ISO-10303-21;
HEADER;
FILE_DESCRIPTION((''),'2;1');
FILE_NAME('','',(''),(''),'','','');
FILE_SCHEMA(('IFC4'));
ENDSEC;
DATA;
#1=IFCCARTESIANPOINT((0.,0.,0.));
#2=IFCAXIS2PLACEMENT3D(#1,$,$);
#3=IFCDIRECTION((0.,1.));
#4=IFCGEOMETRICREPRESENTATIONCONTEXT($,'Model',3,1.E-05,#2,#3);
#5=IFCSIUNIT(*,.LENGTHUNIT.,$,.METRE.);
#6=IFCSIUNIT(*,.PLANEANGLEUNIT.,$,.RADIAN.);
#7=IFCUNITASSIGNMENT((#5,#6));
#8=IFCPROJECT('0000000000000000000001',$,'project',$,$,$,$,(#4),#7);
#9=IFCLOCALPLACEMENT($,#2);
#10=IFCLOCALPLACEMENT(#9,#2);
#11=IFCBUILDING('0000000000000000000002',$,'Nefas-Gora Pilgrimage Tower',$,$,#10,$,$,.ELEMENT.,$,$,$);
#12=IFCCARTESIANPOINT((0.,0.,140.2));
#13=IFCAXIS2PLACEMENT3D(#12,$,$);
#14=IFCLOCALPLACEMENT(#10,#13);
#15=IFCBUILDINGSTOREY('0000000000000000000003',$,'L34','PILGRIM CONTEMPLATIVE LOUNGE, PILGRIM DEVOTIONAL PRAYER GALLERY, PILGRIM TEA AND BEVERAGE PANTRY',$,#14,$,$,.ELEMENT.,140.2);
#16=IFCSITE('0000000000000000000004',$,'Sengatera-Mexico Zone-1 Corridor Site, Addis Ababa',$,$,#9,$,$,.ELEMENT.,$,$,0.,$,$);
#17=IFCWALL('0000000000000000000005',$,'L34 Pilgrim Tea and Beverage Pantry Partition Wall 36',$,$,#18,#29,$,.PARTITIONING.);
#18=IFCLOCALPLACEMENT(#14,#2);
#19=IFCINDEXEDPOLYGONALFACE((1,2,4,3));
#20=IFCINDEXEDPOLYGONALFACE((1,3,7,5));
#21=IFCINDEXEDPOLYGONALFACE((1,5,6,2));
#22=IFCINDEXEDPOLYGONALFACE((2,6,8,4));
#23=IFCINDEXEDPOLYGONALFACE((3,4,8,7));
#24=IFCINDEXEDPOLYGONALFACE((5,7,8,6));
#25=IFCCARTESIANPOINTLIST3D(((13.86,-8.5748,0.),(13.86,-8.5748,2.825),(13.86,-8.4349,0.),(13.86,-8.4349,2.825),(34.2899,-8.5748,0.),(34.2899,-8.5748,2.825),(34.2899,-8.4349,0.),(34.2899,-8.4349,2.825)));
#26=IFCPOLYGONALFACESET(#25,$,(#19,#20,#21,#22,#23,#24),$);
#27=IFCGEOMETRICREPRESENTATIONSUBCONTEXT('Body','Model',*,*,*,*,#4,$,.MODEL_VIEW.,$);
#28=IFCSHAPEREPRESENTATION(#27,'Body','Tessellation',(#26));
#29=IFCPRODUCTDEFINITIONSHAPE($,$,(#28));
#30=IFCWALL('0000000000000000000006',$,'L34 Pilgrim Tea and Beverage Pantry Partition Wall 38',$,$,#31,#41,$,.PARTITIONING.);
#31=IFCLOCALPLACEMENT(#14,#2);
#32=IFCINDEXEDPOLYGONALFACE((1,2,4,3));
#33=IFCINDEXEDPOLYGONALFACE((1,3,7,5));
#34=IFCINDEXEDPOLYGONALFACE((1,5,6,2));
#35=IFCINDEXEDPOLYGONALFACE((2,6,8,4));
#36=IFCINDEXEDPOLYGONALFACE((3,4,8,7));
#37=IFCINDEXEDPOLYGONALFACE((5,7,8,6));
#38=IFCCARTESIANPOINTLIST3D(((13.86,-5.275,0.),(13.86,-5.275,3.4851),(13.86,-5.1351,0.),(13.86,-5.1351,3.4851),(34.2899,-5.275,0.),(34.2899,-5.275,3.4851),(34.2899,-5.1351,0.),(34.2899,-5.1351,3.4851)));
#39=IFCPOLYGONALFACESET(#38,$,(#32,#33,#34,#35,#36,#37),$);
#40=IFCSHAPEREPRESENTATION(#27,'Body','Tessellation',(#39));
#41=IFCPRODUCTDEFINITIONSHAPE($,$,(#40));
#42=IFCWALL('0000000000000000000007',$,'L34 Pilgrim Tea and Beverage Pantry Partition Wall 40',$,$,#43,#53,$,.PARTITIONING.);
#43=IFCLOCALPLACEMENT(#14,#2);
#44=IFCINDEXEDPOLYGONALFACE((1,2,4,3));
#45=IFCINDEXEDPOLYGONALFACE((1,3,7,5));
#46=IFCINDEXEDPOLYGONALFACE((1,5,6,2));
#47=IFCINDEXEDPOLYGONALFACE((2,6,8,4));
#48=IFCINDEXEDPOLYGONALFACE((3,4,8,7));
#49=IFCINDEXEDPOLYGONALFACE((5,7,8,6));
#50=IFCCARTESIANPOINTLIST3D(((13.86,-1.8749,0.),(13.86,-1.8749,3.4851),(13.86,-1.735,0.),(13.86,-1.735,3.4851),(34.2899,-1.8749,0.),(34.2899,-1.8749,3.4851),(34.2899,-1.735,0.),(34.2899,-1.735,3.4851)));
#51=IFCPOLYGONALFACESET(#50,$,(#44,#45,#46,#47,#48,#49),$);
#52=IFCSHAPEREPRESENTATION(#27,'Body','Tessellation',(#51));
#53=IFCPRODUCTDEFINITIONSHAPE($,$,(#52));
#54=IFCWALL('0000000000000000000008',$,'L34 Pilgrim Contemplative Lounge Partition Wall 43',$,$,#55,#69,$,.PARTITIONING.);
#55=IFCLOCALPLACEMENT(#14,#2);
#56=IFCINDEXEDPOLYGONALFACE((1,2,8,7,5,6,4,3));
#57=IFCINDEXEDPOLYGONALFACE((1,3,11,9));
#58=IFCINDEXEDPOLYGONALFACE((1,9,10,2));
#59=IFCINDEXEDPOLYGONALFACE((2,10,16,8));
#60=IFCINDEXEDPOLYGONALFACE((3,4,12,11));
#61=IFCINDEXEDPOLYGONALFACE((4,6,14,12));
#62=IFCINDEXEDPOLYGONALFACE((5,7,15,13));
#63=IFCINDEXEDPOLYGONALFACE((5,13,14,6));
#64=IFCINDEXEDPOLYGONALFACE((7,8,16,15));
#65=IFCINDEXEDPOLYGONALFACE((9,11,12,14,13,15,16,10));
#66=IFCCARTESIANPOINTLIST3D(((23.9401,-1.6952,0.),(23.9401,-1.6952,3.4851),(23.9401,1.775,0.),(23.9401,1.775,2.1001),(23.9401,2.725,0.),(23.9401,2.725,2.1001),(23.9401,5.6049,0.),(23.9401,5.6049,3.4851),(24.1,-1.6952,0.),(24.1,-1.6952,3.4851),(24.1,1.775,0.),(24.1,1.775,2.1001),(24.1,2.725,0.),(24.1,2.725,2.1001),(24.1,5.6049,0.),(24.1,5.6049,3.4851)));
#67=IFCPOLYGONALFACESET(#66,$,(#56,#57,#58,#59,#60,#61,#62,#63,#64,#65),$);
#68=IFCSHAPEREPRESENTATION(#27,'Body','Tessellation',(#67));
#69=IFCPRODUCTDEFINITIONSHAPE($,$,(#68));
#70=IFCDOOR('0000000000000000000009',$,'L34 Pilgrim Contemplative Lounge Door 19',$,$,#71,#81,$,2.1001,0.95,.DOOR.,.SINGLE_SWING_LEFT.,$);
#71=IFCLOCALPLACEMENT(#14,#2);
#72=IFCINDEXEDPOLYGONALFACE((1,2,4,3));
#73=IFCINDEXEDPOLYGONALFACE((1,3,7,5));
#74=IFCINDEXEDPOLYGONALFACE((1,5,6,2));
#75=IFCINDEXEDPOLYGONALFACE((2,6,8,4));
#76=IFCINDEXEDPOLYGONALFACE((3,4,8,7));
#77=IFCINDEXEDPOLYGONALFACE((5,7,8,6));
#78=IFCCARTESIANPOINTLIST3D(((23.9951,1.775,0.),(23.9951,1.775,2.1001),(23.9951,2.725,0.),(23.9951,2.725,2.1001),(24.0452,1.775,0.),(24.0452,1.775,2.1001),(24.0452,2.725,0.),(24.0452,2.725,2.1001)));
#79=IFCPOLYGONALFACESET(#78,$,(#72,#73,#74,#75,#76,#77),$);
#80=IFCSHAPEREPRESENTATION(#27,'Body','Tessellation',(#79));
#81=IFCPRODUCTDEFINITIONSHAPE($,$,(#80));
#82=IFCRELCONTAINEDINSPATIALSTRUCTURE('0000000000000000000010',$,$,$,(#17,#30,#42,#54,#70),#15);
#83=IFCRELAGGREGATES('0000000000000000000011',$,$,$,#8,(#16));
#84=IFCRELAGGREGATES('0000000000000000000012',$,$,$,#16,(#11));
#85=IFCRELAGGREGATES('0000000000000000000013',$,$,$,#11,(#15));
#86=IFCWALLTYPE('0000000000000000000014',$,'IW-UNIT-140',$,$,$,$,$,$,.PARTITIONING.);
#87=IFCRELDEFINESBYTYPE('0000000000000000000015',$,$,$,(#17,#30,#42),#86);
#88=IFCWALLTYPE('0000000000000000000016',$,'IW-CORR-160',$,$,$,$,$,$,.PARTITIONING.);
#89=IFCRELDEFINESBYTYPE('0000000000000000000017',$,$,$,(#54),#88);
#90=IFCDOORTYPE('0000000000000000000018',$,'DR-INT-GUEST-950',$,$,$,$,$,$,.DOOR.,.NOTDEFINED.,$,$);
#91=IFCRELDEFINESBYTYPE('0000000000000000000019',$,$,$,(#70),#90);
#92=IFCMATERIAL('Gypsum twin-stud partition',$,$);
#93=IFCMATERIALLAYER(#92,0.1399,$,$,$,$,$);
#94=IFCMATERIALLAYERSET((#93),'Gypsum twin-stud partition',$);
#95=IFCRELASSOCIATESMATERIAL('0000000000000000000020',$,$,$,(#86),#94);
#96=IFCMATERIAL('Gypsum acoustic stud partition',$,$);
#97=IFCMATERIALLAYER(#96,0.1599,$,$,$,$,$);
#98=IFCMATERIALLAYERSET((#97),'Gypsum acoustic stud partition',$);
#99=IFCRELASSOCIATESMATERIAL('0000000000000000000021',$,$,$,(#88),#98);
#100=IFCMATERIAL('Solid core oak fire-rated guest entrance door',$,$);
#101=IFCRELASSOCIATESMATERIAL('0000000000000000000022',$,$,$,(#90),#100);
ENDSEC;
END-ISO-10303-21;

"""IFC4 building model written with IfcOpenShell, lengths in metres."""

from ifc_helpers import new_model, si_unit, direction, frame, frame_2d, origin, place, context, subcontext, project, spatial, rectangle, extrude, source, transform, mapped, material, layer, layer_set, type_object, element, fill, save


model = new_model("IFC4")

# Units and contexts
model_context = context("Model", 3, precision=1e-05, world=origin(), true_north=direction((0.0, 1.0)))
body_context = subcontext(model_context, "Body", "Model", "MODEL_VIEW")
ifc_project = project(units=[si_unit("LENGTHUNIT", "METRE"), si_unit("PLANEANGLEUNIT", "RADIAN")], contexts=[model_context])

# Site, building, storey
site_placement = place(None, origin())
site = spatial("IfcSite", under=ifc_project, at=site_placement, Name="Sengatera-Mexico Zone-1 Corridor Site, Addis Ababa", CompositionType="ELEMENT", RefElevation=0.0)
building_placement = place(site_placement, origin())
building = spatial("IfcBuilding", under=site, at=building_placement, Name="Nefas-Gora Pilgrimage Tower", CompositionType="ELEMENT")
storey_placement = place(building_placement, frame((0.0, 0.0, 140.2)))
storey = spatial("IfcBuildingStorey", under=building, at=storey_placement, Name="L34", Description="PILGRIM CONTEMPLATIVE LOUNGE, PILGRIM DEVOTIONAL PRAYER GALLERY, PILGRIM TEA AND BEVERAGE PANTRY", CompositionType="ELEMENT", Elevation=140.2)

# Walls
ifc_material_1 = material(Name="Gypsum twin-stud partition")
ifc_layer_1 = layer(ifc_material_1, 0.1399)
ifc_layer_set_1 = layer_set([ifc_layer_1], Name="Gypsum twin-stud partition")
wall_type_1 = type_object("IfcWallType", Name="IW-UNIT-140", PredefinedType="PARTITIONING", material=ifc_layer_set_1)
shared_shape_1 = source(origin(), body_context, "Body", "SweptSolid", [
    extrude(rectangle(XDim=20.4299, YDim=0.1399, at=frame_2d((10.2148, 0.0))), origin(), (0.0, 0.0, 1.0), 2.825),
])
wall_1_placement = place(storey_placement, frame((13.8601, -8.5049, 0.0), z_axis=(0.0, 0.0, 1.0), x_axis=(1.0, 0.0, 0.0)))
element("IfcWall", 1, at=wall_1_placement, inside=storey, type_object=wall_type_1, Name="L34 Pilgrim Tea and Beverage Pantry Partition Wall 36", PredefinedType="PARTITIONING", context=body_context, shape_type="MappedRepresentation", body=[
    mapped(shared_shape_1, transform((0.0, 0.0, 0.0), x_axis=(1.0, 0.0, 0.0), y_axis=(0.0, 1.0, 0.0), z_axis=(0.0, 0.0, 1.0), scale=1.0)),
])
shared_shape_2 = source(origin(), body_context, "Body", "SweptSolid", [
    extrude(rectangle(XDim=20.4299, YDim=0.1399, at=frame_2d((10.2148, 0.0))), origin(), (0.0, 0.0, 1.0), 3.4851),
])
for number, where, z_axis, x_axis, name in (
    (2, (13.8601, -5.2051, 0.0), (0.0, 0.0, 1.0), (1.0, 0.0, 0.0), "L34 Pilgrim Tea and Beverage Pantry Partition Wall 38"),
    (3, (13.8601, -1.8049, 0.0), (0.0, 0.0, 1.0), (1.0, 0.0, 0.0), "L34 Pilgrim Tea and Beverage Pantry Partition Wall 40"),
):
    element("IfcWall", number, at=place(storey_placement, frame(where, z_axis=z_axis, x_axis=x_axis)), inside=storey, type_object=wall_type_1, Name=name, PredefinedType="PARTITIONING", context=body_context, shape_type="MappedRepresentation", body=[
        mapped(shared_shape_2, transform((0.0, 0.0, 0.0), x_axis=(1.0, 0.0, 0.0), y_axis=(0.0, 1.0, 0.0), z_axis=(0.0, 0.0, 1.0), scale=1.0)),
    ])

# Wall, opening, door
ifc_material_2 = material(Name="Gypsum acoustic stud partition")
ifc_layer_2 = layer(ifc_material_2, 0.1599)
ifc_layer_set_2 = layer_set([ifc_layer_2], Name="Gypsum acoustic stud partition")
wall_type_2 = type_object("IfcWallType", Name="IW-CORR-160", PredefinedType="PARTITIONING", material=ifc_layer_set_2)
shared_shape_3 = source(origin(), body_context, "Body", "SweptSolid", [
    extrude(rectangle(XDim=7.3, YDim=0.1599, at=frame_2d((3.6499, 0.0))), origin(), (0.0, 0.0, 1.0), 3.4851),
])
wall_2_placement = place(storey_placement, frame((24.02, -1.6951, 0.0), z_axis=(0.0, 0.0, 1.0), x_axis=(0.0, 1.0, 0.0)))
wall_2 = element("IfcWall", 4, at=wall_2_placement, inside=storey, type_object=wall_type_2, Name="L34 Pilgrim Contemplative Lounge Partition Wall 43", PredefinedType="PARTITIONING", context=body_context, shape_type="MappedRepresentation", body=[
    mapped(shared_shape_3, transform((0.0, 0.0, 0.0), x_axis=(1.0, 0.0, 0.0), y_axis=(0.0, 1.0, 0.0), z_axis=(0.0, 0.0, 1.0), scale=1.0)),
])
opening_placement = place(wall_2_placement, frame((3.47, 0.0, 0.0)))
opening = element("IfcOpeningElement", 5, at=opening_placement, cuts=wall_2, PredefinedType="OPENING", context=body_context, shape_type="SweptSolid", body=[
    extrude(rectangle(XDim=0.95, YDim=2.1001, at=frame_2d((0.4751, 1.05))), frame((0.0, 0.0898, 0.0), z_axis=(0.0, -1.0, 0.0), x_axis=(1.0, 0.0, 0.0)), (0.0, 0.0, 1.0), 0.1799),
])
ifc_material_3 = material(Name="Solid core oak fire-rated guest entrance door")
door_type = type_object("IfcDoorType", Name="DR-INT-GUEST-950", OperationType="NOTDEFINED", PredefinedType="DOOR", material=ifc_material_3)
shared_shape_4 = source(origin(), body_context, "Body", "SweptSolid", [
    extrude(rectangle(XDim=0.95, YDim=2.1001, at=frame_2d((0.4751, 1.05))), frame((0.0, 0.0249, 0.0), z_axis=(0.0, -1.0, 0.0), x_axis=(1.0, 0.0, 0.0)), (0.0, 0.0, 1.0), 0.05),
])
door_placement = place(opening_placement, origin())
door = element("IfcDoor", 6, at=door_placement, inside=storey, type_object=door_type, Name="L34 Pilgrim Contemplative Lounge Door 19", OperationType="SINGLE_SWING_LEFT", OverallHeight=2.1001, OverallWidth=0.95, PredefinedType="DOOR", context=body_context, shape_type="MappedRepresentation", body=[
    mapped(shared_shape_4, transform((0.0, 0.0, 0.0), x_axis=(1.0, 0.0, 0.0), y_axis=(0.0, 1.0, 0.0), z_axis=(0.0, 0.0, 1.0), scale=1.0)),
])
fill(opening, door)

save(model, "model.ifc")
